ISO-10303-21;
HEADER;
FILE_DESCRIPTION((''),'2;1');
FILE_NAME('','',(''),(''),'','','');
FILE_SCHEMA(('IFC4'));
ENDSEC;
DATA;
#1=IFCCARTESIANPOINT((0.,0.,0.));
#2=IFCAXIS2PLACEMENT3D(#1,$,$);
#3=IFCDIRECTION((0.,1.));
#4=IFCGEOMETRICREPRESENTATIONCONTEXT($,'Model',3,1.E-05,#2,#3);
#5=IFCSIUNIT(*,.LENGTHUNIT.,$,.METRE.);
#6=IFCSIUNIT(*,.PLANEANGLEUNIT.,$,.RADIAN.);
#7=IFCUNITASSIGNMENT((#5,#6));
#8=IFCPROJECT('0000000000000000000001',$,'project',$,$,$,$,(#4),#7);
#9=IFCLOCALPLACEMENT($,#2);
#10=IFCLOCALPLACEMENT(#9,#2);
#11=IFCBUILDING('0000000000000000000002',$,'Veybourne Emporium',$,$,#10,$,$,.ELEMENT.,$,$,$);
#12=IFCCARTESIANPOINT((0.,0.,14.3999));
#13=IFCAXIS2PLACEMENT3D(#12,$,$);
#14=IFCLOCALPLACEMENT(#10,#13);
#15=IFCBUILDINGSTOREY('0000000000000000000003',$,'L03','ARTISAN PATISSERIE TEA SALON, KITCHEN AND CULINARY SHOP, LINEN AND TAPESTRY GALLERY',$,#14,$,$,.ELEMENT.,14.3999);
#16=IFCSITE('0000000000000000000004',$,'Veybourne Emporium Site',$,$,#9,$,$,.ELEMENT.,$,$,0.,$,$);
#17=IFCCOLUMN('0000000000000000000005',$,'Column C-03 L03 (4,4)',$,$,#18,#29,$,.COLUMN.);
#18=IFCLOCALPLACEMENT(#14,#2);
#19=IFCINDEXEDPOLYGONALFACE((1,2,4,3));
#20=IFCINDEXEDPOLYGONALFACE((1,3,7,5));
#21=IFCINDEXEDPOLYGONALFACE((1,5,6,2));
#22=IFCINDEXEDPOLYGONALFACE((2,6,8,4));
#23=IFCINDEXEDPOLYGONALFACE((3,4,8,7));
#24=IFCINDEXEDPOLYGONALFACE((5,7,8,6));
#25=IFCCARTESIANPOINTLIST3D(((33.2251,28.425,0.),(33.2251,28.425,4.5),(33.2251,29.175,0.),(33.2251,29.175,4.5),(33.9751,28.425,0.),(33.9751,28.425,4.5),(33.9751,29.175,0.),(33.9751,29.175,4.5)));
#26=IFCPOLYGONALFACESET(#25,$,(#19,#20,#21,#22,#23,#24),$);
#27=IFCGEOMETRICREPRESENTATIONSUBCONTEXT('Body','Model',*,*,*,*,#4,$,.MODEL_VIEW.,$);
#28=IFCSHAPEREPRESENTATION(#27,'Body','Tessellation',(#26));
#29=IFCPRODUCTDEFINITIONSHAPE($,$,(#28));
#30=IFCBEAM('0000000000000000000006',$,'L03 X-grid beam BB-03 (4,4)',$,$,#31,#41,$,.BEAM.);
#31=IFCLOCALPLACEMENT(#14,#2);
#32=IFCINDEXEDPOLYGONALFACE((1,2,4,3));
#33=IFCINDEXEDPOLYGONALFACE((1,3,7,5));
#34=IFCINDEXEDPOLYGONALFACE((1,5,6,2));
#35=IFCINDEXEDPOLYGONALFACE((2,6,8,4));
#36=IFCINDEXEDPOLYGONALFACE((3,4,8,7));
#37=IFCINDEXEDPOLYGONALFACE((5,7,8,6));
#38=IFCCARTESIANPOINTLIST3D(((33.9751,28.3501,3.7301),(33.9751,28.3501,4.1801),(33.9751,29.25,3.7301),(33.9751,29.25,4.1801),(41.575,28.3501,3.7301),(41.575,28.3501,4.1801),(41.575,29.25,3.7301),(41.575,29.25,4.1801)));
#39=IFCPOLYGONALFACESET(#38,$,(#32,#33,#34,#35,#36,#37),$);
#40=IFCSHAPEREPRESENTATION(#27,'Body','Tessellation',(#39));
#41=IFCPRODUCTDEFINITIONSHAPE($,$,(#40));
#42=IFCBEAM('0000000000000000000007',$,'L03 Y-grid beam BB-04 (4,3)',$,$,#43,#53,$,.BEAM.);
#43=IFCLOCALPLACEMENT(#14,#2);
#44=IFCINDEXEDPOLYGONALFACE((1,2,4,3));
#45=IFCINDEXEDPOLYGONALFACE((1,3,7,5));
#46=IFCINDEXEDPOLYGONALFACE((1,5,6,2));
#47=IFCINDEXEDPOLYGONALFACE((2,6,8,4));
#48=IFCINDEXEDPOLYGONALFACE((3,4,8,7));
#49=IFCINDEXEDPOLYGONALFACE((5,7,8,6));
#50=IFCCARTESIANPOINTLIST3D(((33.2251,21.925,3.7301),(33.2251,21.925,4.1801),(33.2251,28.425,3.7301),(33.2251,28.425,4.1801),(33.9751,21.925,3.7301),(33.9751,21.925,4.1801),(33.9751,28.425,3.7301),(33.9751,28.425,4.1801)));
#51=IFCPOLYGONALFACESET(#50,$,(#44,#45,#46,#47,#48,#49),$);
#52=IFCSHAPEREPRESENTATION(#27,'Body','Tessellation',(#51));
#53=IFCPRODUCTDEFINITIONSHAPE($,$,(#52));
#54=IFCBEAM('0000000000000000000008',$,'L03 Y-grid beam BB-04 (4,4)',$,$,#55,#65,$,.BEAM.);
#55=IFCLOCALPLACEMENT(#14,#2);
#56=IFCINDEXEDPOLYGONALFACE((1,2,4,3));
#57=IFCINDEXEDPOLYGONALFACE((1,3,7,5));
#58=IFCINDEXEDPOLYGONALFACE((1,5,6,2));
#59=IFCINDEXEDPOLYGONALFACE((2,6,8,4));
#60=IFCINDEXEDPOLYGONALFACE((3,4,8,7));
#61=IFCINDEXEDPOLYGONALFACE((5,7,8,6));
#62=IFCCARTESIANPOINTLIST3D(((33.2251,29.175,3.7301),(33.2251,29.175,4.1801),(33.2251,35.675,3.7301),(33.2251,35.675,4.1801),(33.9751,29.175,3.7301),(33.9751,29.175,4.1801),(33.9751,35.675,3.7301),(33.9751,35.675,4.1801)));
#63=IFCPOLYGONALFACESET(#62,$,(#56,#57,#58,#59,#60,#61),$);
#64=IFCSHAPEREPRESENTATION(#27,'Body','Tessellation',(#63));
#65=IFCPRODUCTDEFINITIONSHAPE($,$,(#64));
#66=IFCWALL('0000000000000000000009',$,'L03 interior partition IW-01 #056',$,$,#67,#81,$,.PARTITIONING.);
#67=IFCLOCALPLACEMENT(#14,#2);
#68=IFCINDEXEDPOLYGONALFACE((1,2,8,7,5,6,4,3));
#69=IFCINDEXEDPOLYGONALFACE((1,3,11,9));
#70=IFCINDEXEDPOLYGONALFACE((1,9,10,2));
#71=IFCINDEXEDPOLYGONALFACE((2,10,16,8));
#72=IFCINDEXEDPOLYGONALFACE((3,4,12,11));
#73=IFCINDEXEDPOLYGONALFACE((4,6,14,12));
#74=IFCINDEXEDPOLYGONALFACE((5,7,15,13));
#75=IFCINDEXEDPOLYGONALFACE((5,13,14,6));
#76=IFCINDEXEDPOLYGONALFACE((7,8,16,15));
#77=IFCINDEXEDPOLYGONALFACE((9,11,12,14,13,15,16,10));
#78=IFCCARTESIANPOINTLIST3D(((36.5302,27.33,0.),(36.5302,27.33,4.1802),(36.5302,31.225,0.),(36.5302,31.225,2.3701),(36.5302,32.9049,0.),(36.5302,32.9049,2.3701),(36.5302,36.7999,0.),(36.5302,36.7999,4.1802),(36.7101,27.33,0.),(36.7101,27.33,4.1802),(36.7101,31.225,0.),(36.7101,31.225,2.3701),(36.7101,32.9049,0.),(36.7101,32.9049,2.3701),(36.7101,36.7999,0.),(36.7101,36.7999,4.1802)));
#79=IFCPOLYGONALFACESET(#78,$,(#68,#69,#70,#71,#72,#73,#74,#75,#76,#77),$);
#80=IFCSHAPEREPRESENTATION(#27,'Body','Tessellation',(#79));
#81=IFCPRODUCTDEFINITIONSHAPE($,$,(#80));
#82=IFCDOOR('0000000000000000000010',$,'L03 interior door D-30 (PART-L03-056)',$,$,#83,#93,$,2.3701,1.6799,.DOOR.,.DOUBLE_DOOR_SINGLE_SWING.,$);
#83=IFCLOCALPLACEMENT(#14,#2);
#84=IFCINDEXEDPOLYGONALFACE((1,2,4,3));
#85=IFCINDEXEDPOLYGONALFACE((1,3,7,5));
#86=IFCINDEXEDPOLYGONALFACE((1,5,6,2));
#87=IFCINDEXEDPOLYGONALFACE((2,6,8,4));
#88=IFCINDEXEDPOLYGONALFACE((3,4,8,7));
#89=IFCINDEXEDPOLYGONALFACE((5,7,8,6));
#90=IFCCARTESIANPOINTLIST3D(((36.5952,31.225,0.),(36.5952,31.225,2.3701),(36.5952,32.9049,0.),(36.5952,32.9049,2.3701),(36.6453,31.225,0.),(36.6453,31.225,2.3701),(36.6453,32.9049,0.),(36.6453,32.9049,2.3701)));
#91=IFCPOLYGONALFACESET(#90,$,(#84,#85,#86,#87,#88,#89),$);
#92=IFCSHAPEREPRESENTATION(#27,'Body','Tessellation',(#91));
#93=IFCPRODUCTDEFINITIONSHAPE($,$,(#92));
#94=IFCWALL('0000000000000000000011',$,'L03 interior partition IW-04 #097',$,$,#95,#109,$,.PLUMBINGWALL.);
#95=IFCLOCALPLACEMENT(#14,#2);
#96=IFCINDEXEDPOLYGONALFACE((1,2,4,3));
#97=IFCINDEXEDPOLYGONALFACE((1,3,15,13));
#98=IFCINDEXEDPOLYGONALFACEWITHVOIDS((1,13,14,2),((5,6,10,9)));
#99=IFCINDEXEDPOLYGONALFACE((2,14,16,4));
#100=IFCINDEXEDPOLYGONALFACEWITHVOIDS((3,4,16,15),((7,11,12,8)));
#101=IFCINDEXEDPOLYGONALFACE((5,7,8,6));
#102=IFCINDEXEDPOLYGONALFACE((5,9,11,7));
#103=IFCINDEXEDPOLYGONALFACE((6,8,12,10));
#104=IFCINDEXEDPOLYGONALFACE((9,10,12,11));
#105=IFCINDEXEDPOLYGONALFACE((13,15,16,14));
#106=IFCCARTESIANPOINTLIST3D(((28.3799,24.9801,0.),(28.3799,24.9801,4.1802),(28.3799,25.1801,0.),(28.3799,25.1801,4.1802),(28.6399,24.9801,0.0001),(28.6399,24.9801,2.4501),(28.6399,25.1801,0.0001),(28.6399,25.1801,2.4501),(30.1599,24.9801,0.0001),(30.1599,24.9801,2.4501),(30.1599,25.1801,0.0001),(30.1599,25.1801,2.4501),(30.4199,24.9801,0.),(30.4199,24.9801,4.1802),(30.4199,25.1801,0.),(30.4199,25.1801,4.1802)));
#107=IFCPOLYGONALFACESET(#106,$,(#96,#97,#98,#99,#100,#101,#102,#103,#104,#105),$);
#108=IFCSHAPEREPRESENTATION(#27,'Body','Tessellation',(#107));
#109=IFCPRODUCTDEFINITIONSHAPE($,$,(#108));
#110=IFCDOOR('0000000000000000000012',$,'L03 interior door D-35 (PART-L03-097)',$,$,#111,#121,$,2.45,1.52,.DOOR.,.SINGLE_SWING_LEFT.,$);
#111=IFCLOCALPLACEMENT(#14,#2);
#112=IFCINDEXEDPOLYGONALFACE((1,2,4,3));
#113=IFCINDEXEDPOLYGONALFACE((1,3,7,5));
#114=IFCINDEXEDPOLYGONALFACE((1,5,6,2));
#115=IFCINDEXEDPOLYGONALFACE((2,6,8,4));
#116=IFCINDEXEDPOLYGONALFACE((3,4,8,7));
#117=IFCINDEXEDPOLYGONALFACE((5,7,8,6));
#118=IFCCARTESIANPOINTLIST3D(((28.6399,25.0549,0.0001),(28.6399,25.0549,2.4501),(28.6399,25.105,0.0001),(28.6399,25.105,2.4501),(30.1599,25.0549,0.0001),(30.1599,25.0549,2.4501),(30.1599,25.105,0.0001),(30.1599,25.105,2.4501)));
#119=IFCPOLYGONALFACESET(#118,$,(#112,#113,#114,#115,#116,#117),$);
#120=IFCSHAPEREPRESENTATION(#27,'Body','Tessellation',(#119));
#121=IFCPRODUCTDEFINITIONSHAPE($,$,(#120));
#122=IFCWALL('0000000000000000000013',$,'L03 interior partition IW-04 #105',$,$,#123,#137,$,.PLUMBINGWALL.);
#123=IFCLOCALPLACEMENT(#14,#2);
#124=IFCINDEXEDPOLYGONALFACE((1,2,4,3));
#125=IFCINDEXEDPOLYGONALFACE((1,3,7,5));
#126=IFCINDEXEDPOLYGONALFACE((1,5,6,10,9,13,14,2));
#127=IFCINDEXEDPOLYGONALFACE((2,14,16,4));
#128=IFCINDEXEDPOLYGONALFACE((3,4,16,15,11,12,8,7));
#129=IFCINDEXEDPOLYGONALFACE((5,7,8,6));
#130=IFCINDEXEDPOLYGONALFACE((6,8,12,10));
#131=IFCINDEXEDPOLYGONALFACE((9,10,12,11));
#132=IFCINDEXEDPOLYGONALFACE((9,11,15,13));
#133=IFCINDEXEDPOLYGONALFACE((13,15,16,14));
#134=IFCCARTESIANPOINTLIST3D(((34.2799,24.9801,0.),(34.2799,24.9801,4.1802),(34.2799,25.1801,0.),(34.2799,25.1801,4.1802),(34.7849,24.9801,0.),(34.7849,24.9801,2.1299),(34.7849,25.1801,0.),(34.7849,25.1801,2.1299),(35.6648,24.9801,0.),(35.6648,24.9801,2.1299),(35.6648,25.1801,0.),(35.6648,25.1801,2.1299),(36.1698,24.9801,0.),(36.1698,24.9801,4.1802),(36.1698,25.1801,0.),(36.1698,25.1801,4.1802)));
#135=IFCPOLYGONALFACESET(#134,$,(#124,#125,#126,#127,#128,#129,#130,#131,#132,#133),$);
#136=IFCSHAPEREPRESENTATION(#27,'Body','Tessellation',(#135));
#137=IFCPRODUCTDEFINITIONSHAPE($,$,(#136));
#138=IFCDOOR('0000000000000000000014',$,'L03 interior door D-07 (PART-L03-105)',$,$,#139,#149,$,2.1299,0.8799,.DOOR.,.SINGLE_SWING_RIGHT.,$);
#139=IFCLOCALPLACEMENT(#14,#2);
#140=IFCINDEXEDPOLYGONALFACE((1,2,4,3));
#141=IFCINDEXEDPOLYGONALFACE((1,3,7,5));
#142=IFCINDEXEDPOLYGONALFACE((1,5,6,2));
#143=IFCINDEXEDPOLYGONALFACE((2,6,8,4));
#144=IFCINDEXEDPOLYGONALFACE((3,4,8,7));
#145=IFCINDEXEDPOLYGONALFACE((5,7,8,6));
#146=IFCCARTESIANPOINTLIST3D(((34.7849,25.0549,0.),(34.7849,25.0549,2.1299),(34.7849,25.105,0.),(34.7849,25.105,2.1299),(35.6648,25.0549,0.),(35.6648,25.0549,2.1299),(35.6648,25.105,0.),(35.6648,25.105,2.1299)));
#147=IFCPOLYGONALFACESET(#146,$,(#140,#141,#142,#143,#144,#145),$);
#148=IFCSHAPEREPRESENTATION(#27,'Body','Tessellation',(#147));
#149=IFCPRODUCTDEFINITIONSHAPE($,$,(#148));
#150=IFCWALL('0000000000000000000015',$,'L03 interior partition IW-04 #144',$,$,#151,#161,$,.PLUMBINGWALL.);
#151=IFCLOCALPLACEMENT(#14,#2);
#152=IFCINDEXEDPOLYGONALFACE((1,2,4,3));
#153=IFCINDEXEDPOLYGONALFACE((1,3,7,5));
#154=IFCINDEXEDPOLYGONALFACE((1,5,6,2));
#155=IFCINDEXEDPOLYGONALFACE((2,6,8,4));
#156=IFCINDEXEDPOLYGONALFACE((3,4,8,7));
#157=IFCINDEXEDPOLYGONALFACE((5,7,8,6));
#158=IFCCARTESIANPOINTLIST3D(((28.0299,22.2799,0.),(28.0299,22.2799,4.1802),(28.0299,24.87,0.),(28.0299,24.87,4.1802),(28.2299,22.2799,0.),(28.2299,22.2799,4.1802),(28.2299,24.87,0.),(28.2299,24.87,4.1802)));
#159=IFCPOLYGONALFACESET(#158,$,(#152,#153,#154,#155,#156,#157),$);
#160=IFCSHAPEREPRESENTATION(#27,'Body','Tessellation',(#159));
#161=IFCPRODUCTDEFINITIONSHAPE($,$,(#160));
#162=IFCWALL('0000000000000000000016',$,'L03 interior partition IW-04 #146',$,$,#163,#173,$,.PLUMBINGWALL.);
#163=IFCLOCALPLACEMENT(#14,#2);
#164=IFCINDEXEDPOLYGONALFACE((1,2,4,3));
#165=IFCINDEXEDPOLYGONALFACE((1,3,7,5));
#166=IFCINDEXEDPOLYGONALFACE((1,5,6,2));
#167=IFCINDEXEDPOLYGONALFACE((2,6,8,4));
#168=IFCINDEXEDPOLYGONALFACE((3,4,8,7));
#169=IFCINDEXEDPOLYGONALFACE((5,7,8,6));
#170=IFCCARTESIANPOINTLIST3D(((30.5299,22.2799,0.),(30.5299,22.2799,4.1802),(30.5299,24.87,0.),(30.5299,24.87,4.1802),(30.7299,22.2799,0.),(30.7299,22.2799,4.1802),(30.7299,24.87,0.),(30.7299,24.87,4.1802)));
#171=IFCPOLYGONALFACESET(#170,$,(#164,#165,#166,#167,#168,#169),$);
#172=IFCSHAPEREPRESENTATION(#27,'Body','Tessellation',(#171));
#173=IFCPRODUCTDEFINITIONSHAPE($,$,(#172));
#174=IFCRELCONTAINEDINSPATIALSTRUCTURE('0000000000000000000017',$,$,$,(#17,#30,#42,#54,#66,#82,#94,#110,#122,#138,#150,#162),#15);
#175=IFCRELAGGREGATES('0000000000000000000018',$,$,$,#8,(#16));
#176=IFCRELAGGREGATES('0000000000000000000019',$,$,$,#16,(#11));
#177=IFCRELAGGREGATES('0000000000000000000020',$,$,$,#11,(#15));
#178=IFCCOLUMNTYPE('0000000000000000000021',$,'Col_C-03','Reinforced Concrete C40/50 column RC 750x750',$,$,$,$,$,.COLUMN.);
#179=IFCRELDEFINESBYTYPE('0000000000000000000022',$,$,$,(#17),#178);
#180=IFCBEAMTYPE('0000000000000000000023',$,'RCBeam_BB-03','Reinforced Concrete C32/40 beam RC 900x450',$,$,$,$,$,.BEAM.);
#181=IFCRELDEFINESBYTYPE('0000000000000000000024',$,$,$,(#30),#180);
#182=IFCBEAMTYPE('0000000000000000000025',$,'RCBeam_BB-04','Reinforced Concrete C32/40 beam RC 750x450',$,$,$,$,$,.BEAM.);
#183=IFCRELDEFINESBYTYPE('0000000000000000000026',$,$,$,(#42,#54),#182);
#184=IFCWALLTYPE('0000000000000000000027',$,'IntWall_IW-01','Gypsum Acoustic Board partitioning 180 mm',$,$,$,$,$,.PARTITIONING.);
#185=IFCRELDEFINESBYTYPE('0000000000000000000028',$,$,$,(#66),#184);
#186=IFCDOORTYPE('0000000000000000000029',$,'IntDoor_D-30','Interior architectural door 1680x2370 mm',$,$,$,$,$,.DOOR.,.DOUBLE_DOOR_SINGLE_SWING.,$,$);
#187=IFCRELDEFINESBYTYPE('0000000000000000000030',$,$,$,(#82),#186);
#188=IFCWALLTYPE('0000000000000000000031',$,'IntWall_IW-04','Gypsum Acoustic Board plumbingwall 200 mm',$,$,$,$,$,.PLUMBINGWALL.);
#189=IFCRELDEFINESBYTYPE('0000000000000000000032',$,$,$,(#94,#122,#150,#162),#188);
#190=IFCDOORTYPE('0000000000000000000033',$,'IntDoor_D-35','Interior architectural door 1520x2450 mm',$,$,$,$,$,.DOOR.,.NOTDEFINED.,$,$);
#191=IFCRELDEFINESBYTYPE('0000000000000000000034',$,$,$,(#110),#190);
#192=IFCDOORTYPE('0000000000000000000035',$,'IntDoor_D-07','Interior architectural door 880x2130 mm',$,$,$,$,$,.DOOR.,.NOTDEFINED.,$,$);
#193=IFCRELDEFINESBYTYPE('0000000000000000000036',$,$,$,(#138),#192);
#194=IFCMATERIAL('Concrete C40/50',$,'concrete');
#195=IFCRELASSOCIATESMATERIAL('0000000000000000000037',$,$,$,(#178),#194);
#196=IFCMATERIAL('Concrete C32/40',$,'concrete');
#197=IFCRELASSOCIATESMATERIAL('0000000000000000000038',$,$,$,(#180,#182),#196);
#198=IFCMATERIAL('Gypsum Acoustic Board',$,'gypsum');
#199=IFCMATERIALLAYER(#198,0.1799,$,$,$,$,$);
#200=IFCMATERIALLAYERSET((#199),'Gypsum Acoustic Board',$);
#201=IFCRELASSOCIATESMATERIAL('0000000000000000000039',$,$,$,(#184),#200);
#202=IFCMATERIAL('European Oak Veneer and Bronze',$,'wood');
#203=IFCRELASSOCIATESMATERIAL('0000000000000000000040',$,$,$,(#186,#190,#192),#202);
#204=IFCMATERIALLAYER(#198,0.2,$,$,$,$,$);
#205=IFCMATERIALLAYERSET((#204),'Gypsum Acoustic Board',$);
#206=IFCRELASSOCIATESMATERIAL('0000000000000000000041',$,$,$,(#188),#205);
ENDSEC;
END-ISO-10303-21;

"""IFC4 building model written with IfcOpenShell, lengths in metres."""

from ifc_helpers import new_model, si_unit, direction, frame, frame_2d, origin, origin_2d, place, context, subcontext, project, spatial, rectangle, extrude, material, layer, layer_set, material_profile, profile_set, type_object, element, fill, save


model = new_model("IFC4")

# Units and contexts
model_context = context("Model", 3, precision=1e-05, world=origin(), true_north=direction((0.0, 1.0)))
body_context = subcontext(model_context, "Body", "Model", "MODEL_VIEW")
ifc_project = project(units=[si_unit("LENGTHUNIT", "METRE"), si_unit("PLANEANGLEUNIT", "RADIAN")], contexts=[model_context])

# Site, building, storey
site_placement = place(None, origin())
site = spatial("IfcSite", under=ifc_project, at=site_placement, Name="Veybourne Emporium Site", CompositionType="ELEMENT", RefElevation=0.0)
building_placement = place(site_placement, origin())
building = spatial("IfcBuilding", under=site, at=building_placement, Name="Veybourne Emporium", CompositionType="ELEMENT")
storey_placement = place(building_placement, frame((0.0, 0.0, 14.3999)))
storey = spatial("IfcBuildingStorey", under=building, at=storey_placement, Name="L03", Description="ARTISAN PATISSERIE TEA SALON, KITCHEN AND CULINARY SHOP, LINEN AND TAPESTRY GALLERY", CompositionType="ELEMENT", Elevation=14.3999)

# Column
ifc_material_1 = material(Name="Concrete C40/50", Category="concrete")
ifc_material_profile_1 = material_profile(ifc_material_1, rectangle(XDim=0.75, YDim=0.75, at=origin_2d()), Name="RC 750x750")
ifc_profile_set_1 = profile_set([ifc_material_profile_1], Name="Concrete C40/50")
column_type = type_object("IfcColumnType", Name="Col_C-03", Description="Reinforced Concrete C40/50 column RC 750x750", PredefinedType="COLUMN", material=ifc_profile_set_1)
column_placement = place(storey_placement, frame((33.6001, 28.8, 0.0), z_axis=(0.0, 0.0, 1.0), x_axis=(1.0, 0.0, 0.0)))
element("IfcColumn", 1, at=column_placement, inside=storey, type_object=column_type, Name="Column C-03 L03 (4,4)", PredefinedType="COLUMN", context=body_context, shape_type="SweptSolid", body=[
    extrude(rectangle(XDim=0.75, YDim=0.75, at=origin_2d()), origin(), (0.0, 0.0, 1.0), 4.5),
])

# Beams
ifc_material_2 = material(Name="Concrete C32/40", Category="concrete")
ifc_material_profile_2 = material_profile(ifc_material_2, rectangle(XDim=0.8999, YDim=0.45, at=origin_2d()), Name="RC 900x450")
ifc_profile_set_2 = profile_set([ifc_material_profile_2], Name="Concrete C32/40")
beam_type_1 = type_object("IfcBeamType", Name="RCBeam_BB-03", Description="Reinforced Concrete C32/40 beam RC 900x450", PredefinedType="BEAM", material=ifc_profile_set_2)
beam_placement = place(storey_placement, frame((33.9751, 28.8, 3.9551), z_axis=(1.0, 0.0, 0.0), x_axis=(0.0, 1.0, 0.0)))
element("IfcBeam", 2, at=beam_placement, inside=storey, type_object=beam_type_1, Name="L03 X-grid beam BB-03 (4,4)", PredefinedType="BEAM", context=body_context, shape_type="SweptSolid", body=[
    extrude(rectangle(XDim=0.8999, YDim=0.45, at=origin_2d()), origin(), (0.0, 0.0, 1.0), 7.5999),
])
ifc_material_profile_3 = material_profile(ifc_material_2, rectangle(XDim=0.75, YDim=0.45, at=origin_2d()), Name="RC 750x450")
ifc_profile_set_3 = profile_set([ifc_material_profile_3], Name="Concrete C32/40")
beam_type_2 = type_object("IfcBeamType", Name="RCBeam_BB-04", Description="Reinforced Concrete C32/40 beam RC 750x450", PredefinedType="BEAM", material=ifc_profile_set_3)
for number, where, z_axis, x_axis, name in (
    (3, (33.6001, 21.925, 3.9551), (0.0, 1.0, 0.0), (-1.0, 0.0, 0.0), "L03 Y-grid beam BB-04 (4,3)"),
    (4, (33.6001, 29.175, 3.9551), (0.0, 1.0, 0.0), (-1.0, 0.0, 0.0), "L03 Y-grid beam BB-04 (4,4)"),
):
    element("IfcBeam", number, at=place(storey_placement, frame(where, z_axis=z_axis, x_axis=x_axis)), inside=storey, type_object=beam_type_2, Name=name, PredefinedType="BEAM", context=body_context, shape_type="SweptSolid", body=[
        extrude(rectangle(XDim=0.75, YDim=0.45, at=origin_2d()), origin(), (0.0, 0.0, 1.0), 6.5),
    ])

# Walls, openings, doors
ifc_material_3 = material(Name="Gypsum Acoustic Board", Category="gypsum")
ifc_layer_1 = layer(ifc_material_3, 0.1799)
ifc_layer_set_1 = layer_set([ifc_layer_1], Name="Gypsum Acoustic Board")
wall_type_1 = type_object("IfcWallType", Name="IntWall_IW-01", Description="Gypsum Acoustic Board partitioning 180 mm", PredefinedType="PARTITIONING", material=ifc_layer_set_1)
wall_1_placement = place(storey_placement, frame((36.6201, 27.3301, 0.0), z_axis=(0.0, 0.0, 1.0), x_axis=(0.0, 1.0, 0.0)))
wall_1 = element("IfcWall", 5, at=wall_1_placement, inside=storey, type_object=wall_type_1, Name="L03 interior partition IW-01 #056", PredefinedType="PARTITIONING", context=body_context, shape_type="SweptSolid", body=[
    extrude(rectangle(XDim=9.47, YDim=0.1799, at=frame_2d((4.7349, 0.0))), origin(), (0.0, 0.0, 1.0), 4.1802),
])
opening_1_placement = place(wall_1_placement, frame((3.895, 0.0, 0.0)))
opening_1 = element("IfcOpeningElement", 6, at=opening_1_placement, cuts=wall_1, PredefinedType="OPENING", context=body_context, shape_type="SweptSolid", body=[
    extrude(rectangle(XDim=1.6799, YDim=2.3701, at=frame_2d((0.8398, 1.1851))), frame((0.0, 0.1099, 0.0), z_axis=(0.0, -1.0, 0.0), x_axis=(1.0, 0.0, 0.0)), (0.0, 0.0, 1.0), 0.22),
])
ifc_material_4 = material(Name="European Oak Veneer and Bronze", Category="wood")
door_type_1 = type_object("IfcDoorType", Name="IntDoor_D-30", Description="Interior architectural door 1680x2370 mm", OperationType="DOUBLE_DOOR_SINGLE_SWING", PredefinedType="DOOR", material=ifc_material_4)
door_1_placement = place(opening_1_placement, origin())
door_1 = element("IfcDoor", 7, at=door_1_placement, inside=storey, type_object=door_type_1, Name="L03 interior door D-30 (PART-L03-056)", OperationType="DOUBLE_DOOR_SINGLE_SWING", OverallHeight=2.3701, OverallWidth=1.6799, PredefinedType="DOOR", context=body_context, shape_type="SweptSolid", body=[
    extrude(rectangle(XDim=1.6799, YDim=2.3701, at=frame_2d((0.8398, 1.1851))), frame((0.0, 0.0249, 0.0), z_axis=(0.0, -1.0, 0.0), x_axis=(1.0, 0.0, 0.0)), (0.0, 0.0, 1.0), 0.05),
])
fill(opening_1, door_1)
ifc_layer_2 = layer(ifc_material_3, 0.2)
ifc_layer_set_2 = layer_set([ifc_layer_2], Name="Gypsum Acoustic Board")
wall_type_2 = type_object("IfcWallType", Name="IntWall_IW-04", Description="Gypsum Acoustic Board plumbingwall 200 mm", PredefinedType="PLUMBINGWALL", material=ifc_layer_set_2)
wall_2_placement = place(storey_placement, frame((28.3799, 25.0801, 0.0), z_axis=(0.0, 0.0, 1.0), x_axis=(1.0, 0.0, 0.0)))
wall_2 = element("IfcWall", 8, at=wall_2_placement, inside=storey, type_object=wall_type_2, Name="L03 interior partition IW-04 #097", PredefinedType="PLUMBINGWALL", context=body_context, shape_type="SweptSolid", body=[
    extrude(rectangle(XDim=2.04, YDim=0.2, at=frame_2d((1.02, 0.0))), origin(), (0.0, 0.0, 1.0), 4.1802),
])
opening_2_placement = place(wall_2_placement, frame((0.26, 0.0, 0.0)))
opening_2 = element("IfcOpeningElement", 9, at=opening_2_placement, cuts=wall_2, PredefinedType="OPENING", context=body_context, shape_type="SweptSolid", body=[
    extrude(rectangle(XDim=1.52, YDim=2.45, at=frame_2d((0.76, 1.2251))), frame((0.0, 0.1201, 0.0), z_axis=(0.0, -1.0, 0.0), x_axis=(1.0, 0.0, 0.0)), (0.0, 0.0, 1.0), 0.24),
])
door_type_2 = type_object("IfcDoorType", Name="IntDoor_D-35", Description="Interior architectural door 1520x2450 mm", OperationType="NOTDEFINED", PredefinedType="DOOR", material=ifc_material_4)
door_2_placement = place(opening_2_placement, origin())
door_2 = element("IfcDoor", 10, at=door_2_placement, inside=storey, type_object=door_type_2, Name="L03 interior door D-35 (PART-L03-097)", OperationType="SINGLE_SWING_LEFT", OverallHeight=2.45, OverallWidth=1.52, PredefinedType="DOOR", context=body_context, shape_type="SweptSolid", body=[
    extrude(rectangle(XDim=1.52, YDim=2.45, at=frame_2d((0.76, 1.2251))), frame((0.0, 0.0249, 0.0), z_axis=(0.0, -1.0, 0.0), x_axis=(1.0, 0.0, 0.0)), (0.0, 0.0, 1.0), 0.05),
])
fill(opening_2, door_2)
wall_3_placement = place(storey_placement, frame((34.28, 25.0801, 0.0), z_axis=(0.0, 0.0, 1.0), x_axis=(1.0, 0.0, 0.0)))
wall_3 = element("IfcWall", 11, at=wall_3_placement, inside=storey, type_object=wall_type_2, Name="L03 interior partition IW-04 #105", PredefinedType="PLUMBINGWALL", context=body_context, shape_type="SweptSolid", body=[
    extrude(rectangle(XDim=1.8899, YDim=0.2, at=frame_2d((0.9448, 0.0))), origin(), (0.0, 0.0, 1.0), 4.1802),
])
opening_3_placement = place(wall_3_placement, frame((0.5049, 0.0, 0.0)))
opening_3 = element("IfcOpeningElement", 12, at=opening_3_placement, cuts=wall_3, PredefinedType="OPENING", context=body_context, shape_type="SweptSolid", body=[
    extrude(rectangle(XDim=0.8799, YDim=2.1299, at=frame_2d((0.4399, 1.0649))), frame((0.0, 0.1201, 0.0), z_axis=(0.0, -1.0, 0.0), x_axis=(1.0, 0.0, 0.0)), (0.0, 0.0, 1.0), 0.24),
])
door_type_3 = type_object("IfcDoorType", Name="IntDoor_D-07", Description="Interior architectural door 880x2130 mm", OperationType="NOTDEFINED", PredefinedType="DOOR", material=ifc_material_4)
door_3_placement = place(opening_3_placement, origin())
door_3 = element("IfcDoor", 13, at=door_3_placement, inside=storey, type_object=door_type_3, Name="L03 interior door D-07 (PART-L03-105)", OperationType="SINGLE_SWING_RIGHT", OverallHeight=2.1299, OverallWidth=0.8799, PredefinedType="DOOR", context=body_context, shape_type="SweptSolid", body=[
    extrude(rectangle(XDim=0.8799, YDim=2.1299, at=frame_2d((0.4399, 1.0649))), frame((0.0, 0.0249, 0.0), z_axis=(0.0, -1.0, 0.0), x_axis=(1.0, 0.0, 0.0)), (0.0, 0.0, 1.0), 0.05),
])
fill(opening_3, door_3)

# Walls
for number, where, z_axis, x_axis, name in (
    (14, (28.1299, 22.28, 0.0), (0.0, 0.0, 1.0), (0.0, 1.0, 0.0), "L03 interior partition IW-04 #144"),
    (15, (30.6299, 22.28, 0.0), (0.0, 0.0, 1.0), (0.0, 1.0, 0.0), "L03 interior partition IW-04 #146"),
):
    element("IfcWall", number, at=place(storey_placement, frame(where, z_axis=z_axis, x_axis=x_axis)), inside=storey, type_object=wall_type_2, Name=name, PredefinedType="PLUMBINGWALL", context=body_context, shape_type="SweptSolid", body=[
        extrude(rectangle(XDim=2.5901, YDim=0.2, at=frame_2d((1.2949, 0.0))), origin(), (0.0, 0.0, 1.0), 4.1802),
    ])

save(model, "model.ifc")
